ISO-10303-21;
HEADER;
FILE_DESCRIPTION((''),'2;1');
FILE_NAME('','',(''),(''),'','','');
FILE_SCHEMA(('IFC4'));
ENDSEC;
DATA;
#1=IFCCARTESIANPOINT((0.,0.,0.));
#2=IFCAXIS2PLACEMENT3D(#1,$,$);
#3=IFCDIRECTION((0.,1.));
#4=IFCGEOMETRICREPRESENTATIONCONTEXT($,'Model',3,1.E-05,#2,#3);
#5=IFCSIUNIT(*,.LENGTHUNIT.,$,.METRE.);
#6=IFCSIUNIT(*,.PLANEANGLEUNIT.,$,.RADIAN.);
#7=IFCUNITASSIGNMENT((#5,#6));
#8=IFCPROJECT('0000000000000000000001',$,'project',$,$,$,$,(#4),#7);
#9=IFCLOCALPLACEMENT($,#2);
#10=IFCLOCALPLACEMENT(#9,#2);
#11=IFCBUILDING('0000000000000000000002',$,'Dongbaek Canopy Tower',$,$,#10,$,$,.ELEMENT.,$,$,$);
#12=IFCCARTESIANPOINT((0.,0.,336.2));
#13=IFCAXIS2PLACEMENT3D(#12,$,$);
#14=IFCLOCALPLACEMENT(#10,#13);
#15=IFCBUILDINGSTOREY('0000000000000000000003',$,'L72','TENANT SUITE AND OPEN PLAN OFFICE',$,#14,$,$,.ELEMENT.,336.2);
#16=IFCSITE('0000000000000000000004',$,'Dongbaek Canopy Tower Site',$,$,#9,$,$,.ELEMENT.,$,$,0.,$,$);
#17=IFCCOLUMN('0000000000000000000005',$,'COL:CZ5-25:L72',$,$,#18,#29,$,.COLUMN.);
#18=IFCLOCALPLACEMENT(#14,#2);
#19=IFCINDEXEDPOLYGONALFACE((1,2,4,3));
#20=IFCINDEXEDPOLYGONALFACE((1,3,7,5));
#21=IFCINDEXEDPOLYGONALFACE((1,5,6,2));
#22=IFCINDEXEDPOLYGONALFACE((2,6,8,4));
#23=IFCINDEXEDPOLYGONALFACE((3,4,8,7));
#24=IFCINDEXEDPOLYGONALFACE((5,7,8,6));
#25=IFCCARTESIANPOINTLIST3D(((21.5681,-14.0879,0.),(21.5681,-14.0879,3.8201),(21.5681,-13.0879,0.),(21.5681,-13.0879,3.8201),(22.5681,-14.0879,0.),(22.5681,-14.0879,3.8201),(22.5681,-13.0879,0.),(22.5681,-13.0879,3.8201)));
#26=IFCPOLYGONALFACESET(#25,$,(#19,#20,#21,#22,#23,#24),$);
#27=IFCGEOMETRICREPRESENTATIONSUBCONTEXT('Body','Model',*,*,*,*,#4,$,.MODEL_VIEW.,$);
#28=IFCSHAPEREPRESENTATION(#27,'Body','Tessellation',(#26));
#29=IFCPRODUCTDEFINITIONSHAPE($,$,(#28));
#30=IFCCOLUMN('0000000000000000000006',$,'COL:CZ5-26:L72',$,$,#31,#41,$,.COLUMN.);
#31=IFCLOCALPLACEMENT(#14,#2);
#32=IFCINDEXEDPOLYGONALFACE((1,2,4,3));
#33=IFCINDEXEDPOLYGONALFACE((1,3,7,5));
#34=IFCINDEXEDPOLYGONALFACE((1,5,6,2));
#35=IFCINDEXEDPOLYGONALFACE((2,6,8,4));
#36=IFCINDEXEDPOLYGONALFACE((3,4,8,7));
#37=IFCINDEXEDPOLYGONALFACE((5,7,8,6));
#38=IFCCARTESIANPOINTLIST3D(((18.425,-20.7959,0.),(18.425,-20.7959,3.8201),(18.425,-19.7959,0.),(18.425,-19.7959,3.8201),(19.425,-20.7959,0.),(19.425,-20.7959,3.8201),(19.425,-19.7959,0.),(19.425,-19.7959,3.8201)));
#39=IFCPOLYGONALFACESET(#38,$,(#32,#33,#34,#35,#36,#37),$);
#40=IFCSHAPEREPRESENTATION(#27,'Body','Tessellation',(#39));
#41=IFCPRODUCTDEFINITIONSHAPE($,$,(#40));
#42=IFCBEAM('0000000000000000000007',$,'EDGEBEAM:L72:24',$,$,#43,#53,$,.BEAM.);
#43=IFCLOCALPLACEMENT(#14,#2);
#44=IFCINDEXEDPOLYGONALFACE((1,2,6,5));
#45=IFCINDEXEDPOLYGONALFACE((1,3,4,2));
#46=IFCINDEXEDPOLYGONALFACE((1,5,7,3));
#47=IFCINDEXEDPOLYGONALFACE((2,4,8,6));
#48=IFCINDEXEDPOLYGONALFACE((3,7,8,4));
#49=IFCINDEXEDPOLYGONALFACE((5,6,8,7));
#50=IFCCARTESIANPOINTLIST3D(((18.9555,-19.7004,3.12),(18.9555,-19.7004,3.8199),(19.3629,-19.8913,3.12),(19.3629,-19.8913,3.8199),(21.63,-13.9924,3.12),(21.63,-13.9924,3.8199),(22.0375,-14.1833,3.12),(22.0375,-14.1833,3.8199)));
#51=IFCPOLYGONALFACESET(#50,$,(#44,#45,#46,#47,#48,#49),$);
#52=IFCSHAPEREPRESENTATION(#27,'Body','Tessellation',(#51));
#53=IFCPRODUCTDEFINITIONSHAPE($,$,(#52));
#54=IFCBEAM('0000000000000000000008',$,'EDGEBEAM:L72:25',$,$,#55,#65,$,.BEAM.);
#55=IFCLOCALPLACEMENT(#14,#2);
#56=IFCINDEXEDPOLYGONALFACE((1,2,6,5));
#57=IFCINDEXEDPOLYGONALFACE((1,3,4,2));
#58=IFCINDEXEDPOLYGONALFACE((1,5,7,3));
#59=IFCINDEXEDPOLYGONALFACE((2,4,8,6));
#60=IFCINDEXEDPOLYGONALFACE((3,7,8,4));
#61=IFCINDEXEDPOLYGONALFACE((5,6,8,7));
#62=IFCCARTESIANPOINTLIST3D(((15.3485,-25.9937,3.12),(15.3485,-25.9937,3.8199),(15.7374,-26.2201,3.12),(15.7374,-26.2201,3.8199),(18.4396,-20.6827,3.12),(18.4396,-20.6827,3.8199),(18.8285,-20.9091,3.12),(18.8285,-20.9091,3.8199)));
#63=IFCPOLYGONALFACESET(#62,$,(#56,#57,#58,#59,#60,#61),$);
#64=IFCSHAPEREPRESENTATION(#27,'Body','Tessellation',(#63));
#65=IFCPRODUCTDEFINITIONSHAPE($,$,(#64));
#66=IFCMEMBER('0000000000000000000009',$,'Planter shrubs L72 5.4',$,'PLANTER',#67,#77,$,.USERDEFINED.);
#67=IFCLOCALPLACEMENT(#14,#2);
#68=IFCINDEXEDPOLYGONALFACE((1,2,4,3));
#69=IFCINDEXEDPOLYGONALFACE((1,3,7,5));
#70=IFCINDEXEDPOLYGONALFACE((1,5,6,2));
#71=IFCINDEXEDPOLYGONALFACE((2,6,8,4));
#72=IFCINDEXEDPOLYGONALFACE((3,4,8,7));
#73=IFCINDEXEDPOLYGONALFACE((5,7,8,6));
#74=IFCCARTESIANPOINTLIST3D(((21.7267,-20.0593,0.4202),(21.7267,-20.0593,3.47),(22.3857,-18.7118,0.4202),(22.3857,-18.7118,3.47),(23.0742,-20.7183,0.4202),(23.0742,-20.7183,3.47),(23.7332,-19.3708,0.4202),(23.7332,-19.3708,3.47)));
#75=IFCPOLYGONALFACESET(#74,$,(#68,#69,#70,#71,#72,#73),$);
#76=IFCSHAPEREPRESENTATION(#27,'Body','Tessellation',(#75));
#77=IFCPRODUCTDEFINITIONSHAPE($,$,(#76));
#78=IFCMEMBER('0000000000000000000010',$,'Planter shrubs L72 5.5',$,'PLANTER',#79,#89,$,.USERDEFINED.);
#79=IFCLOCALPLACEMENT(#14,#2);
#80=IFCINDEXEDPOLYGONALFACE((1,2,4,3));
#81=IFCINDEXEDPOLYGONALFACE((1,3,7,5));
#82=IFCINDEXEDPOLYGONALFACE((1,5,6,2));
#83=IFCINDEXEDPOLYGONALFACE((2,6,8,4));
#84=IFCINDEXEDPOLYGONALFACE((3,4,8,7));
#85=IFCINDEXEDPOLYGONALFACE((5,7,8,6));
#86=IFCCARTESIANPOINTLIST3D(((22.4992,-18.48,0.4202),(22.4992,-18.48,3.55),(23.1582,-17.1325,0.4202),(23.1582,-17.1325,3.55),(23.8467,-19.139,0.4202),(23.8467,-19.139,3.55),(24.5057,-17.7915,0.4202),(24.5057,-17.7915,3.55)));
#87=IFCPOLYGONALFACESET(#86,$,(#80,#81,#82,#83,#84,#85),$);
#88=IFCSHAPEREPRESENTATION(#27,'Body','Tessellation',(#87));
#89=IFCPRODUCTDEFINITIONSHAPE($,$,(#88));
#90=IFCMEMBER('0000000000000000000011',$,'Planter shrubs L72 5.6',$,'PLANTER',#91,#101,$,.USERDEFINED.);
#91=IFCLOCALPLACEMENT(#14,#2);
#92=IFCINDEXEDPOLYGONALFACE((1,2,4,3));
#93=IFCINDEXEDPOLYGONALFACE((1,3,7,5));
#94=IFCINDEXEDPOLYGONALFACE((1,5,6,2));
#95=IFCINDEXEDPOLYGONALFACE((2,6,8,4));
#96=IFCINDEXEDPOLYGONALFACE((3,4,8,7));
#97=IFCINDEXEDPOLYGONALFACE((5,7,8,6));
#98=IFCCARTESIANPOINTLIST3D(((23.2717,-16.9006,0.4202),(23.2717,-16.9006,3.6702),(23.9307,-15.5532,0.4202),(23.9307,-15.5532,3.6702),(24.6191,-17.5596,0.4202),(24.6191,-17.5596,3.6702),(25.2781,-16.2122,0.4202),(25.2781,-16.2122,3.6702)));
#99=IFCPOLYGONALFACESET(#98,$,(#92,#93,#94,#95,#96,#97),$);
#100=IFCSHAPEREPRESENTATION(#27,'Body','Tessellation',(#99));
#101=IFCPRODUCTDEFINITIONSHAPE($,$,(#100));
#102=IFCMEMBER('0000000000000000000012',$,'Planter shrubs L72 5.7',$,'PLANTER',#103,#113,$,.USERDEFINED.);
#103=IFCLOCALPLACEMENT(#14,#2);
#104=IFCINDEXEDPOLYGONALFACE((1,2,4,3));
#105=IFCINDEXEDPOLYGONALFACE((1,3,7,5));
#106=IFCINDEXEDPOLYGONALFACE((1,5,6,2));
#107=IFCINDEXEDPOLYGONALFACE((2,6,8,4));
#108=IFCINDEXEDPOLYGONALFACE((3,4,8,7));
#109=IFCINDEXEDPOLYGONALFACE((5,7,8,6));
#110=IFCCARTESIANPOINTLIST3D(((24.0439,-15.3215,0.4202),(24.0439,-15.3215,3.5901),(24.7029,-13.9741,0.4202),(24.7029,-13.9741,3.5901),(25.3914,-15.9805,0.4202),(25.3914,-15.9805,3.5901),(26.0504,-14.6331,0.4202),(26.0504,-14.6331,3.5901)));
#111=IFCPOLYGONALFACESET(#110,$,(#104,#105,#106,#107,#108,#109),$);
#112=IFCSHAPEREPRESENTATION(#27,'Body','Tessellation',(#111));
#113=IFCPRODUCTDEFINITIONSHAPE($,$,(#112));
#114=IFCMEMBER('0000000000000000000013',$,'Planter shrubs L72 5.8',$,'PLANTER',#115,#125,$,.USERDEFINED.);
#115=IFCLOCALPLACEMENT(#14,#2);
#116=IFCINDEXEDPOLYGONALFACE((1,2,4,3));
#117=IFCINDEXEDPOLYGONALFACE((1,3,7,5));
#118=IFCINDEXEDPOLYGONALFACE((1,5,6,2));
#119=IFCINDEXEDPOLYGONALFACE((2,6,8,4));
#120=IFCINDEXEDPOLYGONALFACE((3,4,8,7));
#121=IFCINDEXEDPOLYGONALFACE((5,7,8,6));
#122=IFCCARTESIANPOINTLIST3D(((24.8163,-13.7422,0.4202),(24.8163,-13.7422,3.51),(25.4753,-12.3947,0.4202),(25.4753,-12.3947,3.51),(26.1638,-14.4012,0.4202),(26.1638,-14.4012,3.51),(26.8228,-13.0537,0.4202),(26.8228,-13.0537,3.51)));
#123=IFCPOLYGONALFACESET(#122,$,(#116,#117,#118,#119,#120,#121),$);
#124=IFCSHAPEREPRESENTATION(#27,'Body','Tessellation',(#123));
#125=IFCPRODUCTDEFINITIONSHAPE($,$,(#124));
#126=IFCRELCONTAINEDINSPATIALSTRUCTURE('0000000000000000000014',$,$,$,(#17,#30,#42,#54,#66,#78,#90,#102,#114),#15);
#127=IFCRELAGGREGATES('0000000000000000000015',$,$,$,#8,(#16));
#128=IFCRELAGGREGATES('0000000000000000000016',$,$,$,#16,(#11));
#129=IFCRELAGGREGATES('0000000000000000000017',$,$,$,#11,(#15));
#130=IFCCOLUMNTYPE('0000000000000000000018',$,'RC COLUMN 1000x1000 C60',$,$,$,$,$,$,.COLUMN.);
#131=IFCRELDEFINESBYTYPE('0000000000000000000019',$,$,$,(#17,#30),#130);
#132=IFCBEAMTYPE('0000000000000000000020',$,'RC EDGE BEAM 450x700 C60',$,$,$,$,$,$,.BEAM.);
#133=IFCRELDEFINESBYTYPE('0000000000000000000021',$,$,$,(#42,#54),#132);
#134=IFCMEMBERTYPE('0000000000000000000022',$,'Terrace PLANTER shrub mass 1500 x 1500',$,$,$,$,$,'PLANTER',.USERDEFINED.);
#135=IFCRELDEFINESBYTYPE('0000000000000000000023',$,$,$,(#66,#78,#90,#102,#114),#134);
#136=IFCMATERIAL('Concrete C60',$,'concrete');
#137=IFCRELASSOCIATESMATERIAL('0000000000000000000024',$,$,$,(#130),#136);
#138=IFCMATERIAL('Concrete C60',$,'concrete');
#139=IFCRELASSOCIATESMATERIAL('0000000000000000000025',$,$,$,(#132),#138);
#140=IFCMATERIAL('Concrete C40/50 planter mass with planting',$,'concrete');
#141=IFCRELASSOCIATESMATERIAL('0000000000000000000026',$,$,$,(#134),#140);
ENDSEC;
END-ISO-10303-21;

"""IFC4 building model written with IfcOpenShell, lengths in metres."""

from ifc_helpers import new_model, si_unit, direction, frame, origin, origin_2d, place, context, subcontext, project, spatial, rectangle, extrude, material, material_profile, profile_set, type_object, element, save


model = new_model("IFC4")

# Units and contexts
model_context = context("Model", 3, precision=1e-05, world=origin(), true_north=direction((0.0, 1.0)))
body_context = subcontext(model_context, "Body", "Model", "MODEL_VIEW")
ifc_project = project(units=[si_unit("LENGTHUNIT", "METRE"), si_unit("PLANEANGLEUNIT", "RADIAN")], contexts=[model_context])

# Site, building, storey
site_placement = place(None, origin())
site = spatial("IfcSite", under=ifc_project, at=site_placement, Name="Dongbaek Canopy Tower Site", CompositionType="ELEMENT", RefElevation=0.0)
building_placement = place(site_placement, origin())
building = spatial("IfcBuilding", under=site, at=building_placement, Name="Dongbaek Canopy Tower", CompositionType="ELEMENT")
storey_placement = place(building_placement, frame((0.0, 0.0, 336.2)))
storey = spatial("IfcBuildingStorey", under=building, at=storey_placement, Name="L72", Description="TENANT SUITE AND OPEN PLAN OFFICE", CompositionType="ELEMENT", Elevation=336.2)

# Columns
ifc_material_1 = material(Name="Concrete C60", Category="concrete")
ifc_material_profile_1 = material_profile(ifc_material_1, rectangle(XDim=1.0, YDim=1.0, at=origin_2d()), Name="RC COLUMN 1000x1000 C60")
ifc_profile_set_1 = profile_set([ifc_material_profile_1], Name="Concrete C60")
column_type = type_object("IfcColumnType", Name="RC COLUMN 1000x1000 C60", PredefinedType="COLUMN", material=ifc_profile_set_1)
for number, where, z_axis, x_axis, name in (
    (1, (22.0681, -13.5879, 0.0), (0.0, 0.0, 1.0), (1.0, 0.0, 0.0), "COL:CZ5-25:L72"),
    (2, (18.925, -20.2959, 0.0), (0.0, 0.0, 1.0), (1.0, 0.0, 0.0), "COL:CZ5-26:L72"),
):
    element("IfcColumn", number, at=place(storey_placement, frame(where, z_axis=z_axis, x_axis=x_axis)), inside=storey, type_object=column_type, Name=name, PredefinedType="COLUMN", context=body_context, shape_type="SweptSolid", body=[
        extrude(rectangle(XDim=1.0, YDim=1.0, at=origin_2d()), origin(), (0.0, 0.0, 1.0), 3.8201),
    ])

# Beams
ifc_material_2 = material(Name="Concrete C60", Category="concrete")
ifc_material_profile_2 = material_profile(ifc_material_2, rectangle(XDim=0.45, YDim=0.7, at=origin_2d()), Name="RC EDGE BEAM 450x700 C60")
ifc_profile_set_2 = profile_set([ifc_material_profile_2], Name="Concrete C60")
beam_type = type_object("IfcBeamType", Name="RC EDGE BEAM 450x700 C60", PredefinedType="BEAM", material=ifc_profile_set_2)
beam_1_placement = place(storey_placement, frame((21.8337, -14.0879, 3.47), z_axis=(-0.424295, -0.905524, 0.0), x_axis=(0.905524, -0.424295, 0.0)))
element("IfcBeam", 3, at=beam_1_placement, inside=storey, type_object=beam_type, Name="EDGEBEAM:L72:24", PredefinedType="BEAM", context=body_context, shape_type="SweptSolid", body=[
    extrude(rectangle(XDim=0.45, YDim=0.7, at=origin_2d()), origin(), (0.0, 0.0, 1.0), 6.3035),
])
beam_2_placement = place(storey_placement, frame((18.634, -20.7959, 3.47), z_axis=(-0.503016, -0.864277, 0.0), x_axis=(0.864277, -0.503016, 0.0)))
element("IfcBeam", 4, at=beam_2_placement, inside=storey, type_object=beam_type, Name="EDGEBEAM:L72:25", PredefinedType="BEAM", context=body_context, shape_type="SweptSolid", body=[
    extrude(rectangle(XDim=0.45, YDim=0.7, at=origin_2d()), origin(), (0.0, 0.0, 1.0), 6.145),
])

# Members
ifc_material_3 = material(Name="Concrete C40/50 planter mass with planting", Category="concrete")
ifc_material_profile_3 = material_profile(ifc_material_3, rectangle(XDim=1.5, YDim=1.5, at=origin_2d()), Name="Terrace PLANTER shrub mass 1500 x 1500")
ifc_profile_set_3 = profile_set([ifc_material_profile_3], Name="Concrete C40/50 planter mass with planting")
member_type = type_object("IfcMemberType", Name="Terrace PLANTER shrub mass 1500 x 1500", ElementType="PLANTER", PredefinedType="USERDEFINED", material=ifc_profile_set_3)
member_1_placement = place(storey_placement, frame((22.73, -19.7151, 0.4202), z_axis=(0.0, 0.0, 1.0), x_axis=(0.898322, -0.439337, 0.0)))
element("IfcMember", 5, at=member_1_placement, inside=storey, type_object=member_type, Name="Planter shrubs L72 5.4", ObjectType="PLANTER", PredefinedType="USERDEFINED", context=body_context, shape_type="SweptSolid", body=[
    extrude(rectangle(XDim=1.5, YDim=1.5, at=origin_2d()), origin(), (0.0, 0.0, 1.0), 3.0498),
])
member_2_placement = place(storey_placement, frame((23.5024, -18.1357, 0.4202), z_axis=(0.0, 0.0, 1.0), x_axis=(0.898322, -0.439337, 0.0)))
element("IfcMember", 6, at=member_2_placement, inside=storey, type_object=member_type, Name="Planter shrubs L72 5.5", ObjectType="PLANTER", PredefinedType="USERDEFINED", context=body_context, shape_type="SweptSolid", body=[
    extrude(rectangle(XDim=1.5, YDim=1.5, at=origin_2d()), origin(), (0.0, 0.0, 1.0), 3.1299),
])
member_3_placement = place(storey_placement, frame((24.2749, -16.5564, 0.4202), z_axis=(0.0, 0.0, 1.0), x_axis=(0.898322, -0.439337, 0.0)))
element("IfcMember", 7, at=member_3_placement, inside=storey, type_object=member_type, Name="Planter shrubs L72 5.6", ObjectType="PLANTER", PredefinedType="USERDEFINED", context=body_context, shape_type="SweptSolid", body=[
    extrude(rectangle(XDim=1.5, YDim=1.5, at=origin_2d()), origin(), (0.0, 0.0, 1.0), 3.25),
])
member_4_placement = place(storey_placement, frame((25.0471, -14.9773, 0.4202), z_axis=(0.0, 0.0, 1.0), x_axis=(0.898322, -0.439337, 0.0)))
element("IfcMember", 8, at=member_4_placement, inside=storey, type_object=member_type, Name="Planter shrubs L72 5.7", ObjectType="PLANTER", PredefinedType="USERDEFINED", context=body_context, shape_type="SweptSolid", body=[
    extrude(rectangle(XDim=1.5, YDim=1.5, at=origin_2d()), origin(), (0.0, 0.0, 1.0), 3.1699),
])
member_5_placement = place(storey_placement, frame((25.8196, -13.3979, 0.4202), z_axis=(0.0, 0.0, 1.0), x_axis=(0.898322, -0.439337, 0.0)))
element("IfcMember", 9, at=member_5_placement, inside=storey, type_object=member_type, Name="Planter shrubs L72 5.8", ObjectType="PLANTER", PredefinedType="USERDEFINED", context=body_context, shape_type="SweptSolid", body=[
    extrude(rectangle(XDim=1.5, YDim=1.5, at=origin_2d()), origin(), (0.0, 0.0, 1.0), 3.0898),
])

save(model, "model.ifc")
